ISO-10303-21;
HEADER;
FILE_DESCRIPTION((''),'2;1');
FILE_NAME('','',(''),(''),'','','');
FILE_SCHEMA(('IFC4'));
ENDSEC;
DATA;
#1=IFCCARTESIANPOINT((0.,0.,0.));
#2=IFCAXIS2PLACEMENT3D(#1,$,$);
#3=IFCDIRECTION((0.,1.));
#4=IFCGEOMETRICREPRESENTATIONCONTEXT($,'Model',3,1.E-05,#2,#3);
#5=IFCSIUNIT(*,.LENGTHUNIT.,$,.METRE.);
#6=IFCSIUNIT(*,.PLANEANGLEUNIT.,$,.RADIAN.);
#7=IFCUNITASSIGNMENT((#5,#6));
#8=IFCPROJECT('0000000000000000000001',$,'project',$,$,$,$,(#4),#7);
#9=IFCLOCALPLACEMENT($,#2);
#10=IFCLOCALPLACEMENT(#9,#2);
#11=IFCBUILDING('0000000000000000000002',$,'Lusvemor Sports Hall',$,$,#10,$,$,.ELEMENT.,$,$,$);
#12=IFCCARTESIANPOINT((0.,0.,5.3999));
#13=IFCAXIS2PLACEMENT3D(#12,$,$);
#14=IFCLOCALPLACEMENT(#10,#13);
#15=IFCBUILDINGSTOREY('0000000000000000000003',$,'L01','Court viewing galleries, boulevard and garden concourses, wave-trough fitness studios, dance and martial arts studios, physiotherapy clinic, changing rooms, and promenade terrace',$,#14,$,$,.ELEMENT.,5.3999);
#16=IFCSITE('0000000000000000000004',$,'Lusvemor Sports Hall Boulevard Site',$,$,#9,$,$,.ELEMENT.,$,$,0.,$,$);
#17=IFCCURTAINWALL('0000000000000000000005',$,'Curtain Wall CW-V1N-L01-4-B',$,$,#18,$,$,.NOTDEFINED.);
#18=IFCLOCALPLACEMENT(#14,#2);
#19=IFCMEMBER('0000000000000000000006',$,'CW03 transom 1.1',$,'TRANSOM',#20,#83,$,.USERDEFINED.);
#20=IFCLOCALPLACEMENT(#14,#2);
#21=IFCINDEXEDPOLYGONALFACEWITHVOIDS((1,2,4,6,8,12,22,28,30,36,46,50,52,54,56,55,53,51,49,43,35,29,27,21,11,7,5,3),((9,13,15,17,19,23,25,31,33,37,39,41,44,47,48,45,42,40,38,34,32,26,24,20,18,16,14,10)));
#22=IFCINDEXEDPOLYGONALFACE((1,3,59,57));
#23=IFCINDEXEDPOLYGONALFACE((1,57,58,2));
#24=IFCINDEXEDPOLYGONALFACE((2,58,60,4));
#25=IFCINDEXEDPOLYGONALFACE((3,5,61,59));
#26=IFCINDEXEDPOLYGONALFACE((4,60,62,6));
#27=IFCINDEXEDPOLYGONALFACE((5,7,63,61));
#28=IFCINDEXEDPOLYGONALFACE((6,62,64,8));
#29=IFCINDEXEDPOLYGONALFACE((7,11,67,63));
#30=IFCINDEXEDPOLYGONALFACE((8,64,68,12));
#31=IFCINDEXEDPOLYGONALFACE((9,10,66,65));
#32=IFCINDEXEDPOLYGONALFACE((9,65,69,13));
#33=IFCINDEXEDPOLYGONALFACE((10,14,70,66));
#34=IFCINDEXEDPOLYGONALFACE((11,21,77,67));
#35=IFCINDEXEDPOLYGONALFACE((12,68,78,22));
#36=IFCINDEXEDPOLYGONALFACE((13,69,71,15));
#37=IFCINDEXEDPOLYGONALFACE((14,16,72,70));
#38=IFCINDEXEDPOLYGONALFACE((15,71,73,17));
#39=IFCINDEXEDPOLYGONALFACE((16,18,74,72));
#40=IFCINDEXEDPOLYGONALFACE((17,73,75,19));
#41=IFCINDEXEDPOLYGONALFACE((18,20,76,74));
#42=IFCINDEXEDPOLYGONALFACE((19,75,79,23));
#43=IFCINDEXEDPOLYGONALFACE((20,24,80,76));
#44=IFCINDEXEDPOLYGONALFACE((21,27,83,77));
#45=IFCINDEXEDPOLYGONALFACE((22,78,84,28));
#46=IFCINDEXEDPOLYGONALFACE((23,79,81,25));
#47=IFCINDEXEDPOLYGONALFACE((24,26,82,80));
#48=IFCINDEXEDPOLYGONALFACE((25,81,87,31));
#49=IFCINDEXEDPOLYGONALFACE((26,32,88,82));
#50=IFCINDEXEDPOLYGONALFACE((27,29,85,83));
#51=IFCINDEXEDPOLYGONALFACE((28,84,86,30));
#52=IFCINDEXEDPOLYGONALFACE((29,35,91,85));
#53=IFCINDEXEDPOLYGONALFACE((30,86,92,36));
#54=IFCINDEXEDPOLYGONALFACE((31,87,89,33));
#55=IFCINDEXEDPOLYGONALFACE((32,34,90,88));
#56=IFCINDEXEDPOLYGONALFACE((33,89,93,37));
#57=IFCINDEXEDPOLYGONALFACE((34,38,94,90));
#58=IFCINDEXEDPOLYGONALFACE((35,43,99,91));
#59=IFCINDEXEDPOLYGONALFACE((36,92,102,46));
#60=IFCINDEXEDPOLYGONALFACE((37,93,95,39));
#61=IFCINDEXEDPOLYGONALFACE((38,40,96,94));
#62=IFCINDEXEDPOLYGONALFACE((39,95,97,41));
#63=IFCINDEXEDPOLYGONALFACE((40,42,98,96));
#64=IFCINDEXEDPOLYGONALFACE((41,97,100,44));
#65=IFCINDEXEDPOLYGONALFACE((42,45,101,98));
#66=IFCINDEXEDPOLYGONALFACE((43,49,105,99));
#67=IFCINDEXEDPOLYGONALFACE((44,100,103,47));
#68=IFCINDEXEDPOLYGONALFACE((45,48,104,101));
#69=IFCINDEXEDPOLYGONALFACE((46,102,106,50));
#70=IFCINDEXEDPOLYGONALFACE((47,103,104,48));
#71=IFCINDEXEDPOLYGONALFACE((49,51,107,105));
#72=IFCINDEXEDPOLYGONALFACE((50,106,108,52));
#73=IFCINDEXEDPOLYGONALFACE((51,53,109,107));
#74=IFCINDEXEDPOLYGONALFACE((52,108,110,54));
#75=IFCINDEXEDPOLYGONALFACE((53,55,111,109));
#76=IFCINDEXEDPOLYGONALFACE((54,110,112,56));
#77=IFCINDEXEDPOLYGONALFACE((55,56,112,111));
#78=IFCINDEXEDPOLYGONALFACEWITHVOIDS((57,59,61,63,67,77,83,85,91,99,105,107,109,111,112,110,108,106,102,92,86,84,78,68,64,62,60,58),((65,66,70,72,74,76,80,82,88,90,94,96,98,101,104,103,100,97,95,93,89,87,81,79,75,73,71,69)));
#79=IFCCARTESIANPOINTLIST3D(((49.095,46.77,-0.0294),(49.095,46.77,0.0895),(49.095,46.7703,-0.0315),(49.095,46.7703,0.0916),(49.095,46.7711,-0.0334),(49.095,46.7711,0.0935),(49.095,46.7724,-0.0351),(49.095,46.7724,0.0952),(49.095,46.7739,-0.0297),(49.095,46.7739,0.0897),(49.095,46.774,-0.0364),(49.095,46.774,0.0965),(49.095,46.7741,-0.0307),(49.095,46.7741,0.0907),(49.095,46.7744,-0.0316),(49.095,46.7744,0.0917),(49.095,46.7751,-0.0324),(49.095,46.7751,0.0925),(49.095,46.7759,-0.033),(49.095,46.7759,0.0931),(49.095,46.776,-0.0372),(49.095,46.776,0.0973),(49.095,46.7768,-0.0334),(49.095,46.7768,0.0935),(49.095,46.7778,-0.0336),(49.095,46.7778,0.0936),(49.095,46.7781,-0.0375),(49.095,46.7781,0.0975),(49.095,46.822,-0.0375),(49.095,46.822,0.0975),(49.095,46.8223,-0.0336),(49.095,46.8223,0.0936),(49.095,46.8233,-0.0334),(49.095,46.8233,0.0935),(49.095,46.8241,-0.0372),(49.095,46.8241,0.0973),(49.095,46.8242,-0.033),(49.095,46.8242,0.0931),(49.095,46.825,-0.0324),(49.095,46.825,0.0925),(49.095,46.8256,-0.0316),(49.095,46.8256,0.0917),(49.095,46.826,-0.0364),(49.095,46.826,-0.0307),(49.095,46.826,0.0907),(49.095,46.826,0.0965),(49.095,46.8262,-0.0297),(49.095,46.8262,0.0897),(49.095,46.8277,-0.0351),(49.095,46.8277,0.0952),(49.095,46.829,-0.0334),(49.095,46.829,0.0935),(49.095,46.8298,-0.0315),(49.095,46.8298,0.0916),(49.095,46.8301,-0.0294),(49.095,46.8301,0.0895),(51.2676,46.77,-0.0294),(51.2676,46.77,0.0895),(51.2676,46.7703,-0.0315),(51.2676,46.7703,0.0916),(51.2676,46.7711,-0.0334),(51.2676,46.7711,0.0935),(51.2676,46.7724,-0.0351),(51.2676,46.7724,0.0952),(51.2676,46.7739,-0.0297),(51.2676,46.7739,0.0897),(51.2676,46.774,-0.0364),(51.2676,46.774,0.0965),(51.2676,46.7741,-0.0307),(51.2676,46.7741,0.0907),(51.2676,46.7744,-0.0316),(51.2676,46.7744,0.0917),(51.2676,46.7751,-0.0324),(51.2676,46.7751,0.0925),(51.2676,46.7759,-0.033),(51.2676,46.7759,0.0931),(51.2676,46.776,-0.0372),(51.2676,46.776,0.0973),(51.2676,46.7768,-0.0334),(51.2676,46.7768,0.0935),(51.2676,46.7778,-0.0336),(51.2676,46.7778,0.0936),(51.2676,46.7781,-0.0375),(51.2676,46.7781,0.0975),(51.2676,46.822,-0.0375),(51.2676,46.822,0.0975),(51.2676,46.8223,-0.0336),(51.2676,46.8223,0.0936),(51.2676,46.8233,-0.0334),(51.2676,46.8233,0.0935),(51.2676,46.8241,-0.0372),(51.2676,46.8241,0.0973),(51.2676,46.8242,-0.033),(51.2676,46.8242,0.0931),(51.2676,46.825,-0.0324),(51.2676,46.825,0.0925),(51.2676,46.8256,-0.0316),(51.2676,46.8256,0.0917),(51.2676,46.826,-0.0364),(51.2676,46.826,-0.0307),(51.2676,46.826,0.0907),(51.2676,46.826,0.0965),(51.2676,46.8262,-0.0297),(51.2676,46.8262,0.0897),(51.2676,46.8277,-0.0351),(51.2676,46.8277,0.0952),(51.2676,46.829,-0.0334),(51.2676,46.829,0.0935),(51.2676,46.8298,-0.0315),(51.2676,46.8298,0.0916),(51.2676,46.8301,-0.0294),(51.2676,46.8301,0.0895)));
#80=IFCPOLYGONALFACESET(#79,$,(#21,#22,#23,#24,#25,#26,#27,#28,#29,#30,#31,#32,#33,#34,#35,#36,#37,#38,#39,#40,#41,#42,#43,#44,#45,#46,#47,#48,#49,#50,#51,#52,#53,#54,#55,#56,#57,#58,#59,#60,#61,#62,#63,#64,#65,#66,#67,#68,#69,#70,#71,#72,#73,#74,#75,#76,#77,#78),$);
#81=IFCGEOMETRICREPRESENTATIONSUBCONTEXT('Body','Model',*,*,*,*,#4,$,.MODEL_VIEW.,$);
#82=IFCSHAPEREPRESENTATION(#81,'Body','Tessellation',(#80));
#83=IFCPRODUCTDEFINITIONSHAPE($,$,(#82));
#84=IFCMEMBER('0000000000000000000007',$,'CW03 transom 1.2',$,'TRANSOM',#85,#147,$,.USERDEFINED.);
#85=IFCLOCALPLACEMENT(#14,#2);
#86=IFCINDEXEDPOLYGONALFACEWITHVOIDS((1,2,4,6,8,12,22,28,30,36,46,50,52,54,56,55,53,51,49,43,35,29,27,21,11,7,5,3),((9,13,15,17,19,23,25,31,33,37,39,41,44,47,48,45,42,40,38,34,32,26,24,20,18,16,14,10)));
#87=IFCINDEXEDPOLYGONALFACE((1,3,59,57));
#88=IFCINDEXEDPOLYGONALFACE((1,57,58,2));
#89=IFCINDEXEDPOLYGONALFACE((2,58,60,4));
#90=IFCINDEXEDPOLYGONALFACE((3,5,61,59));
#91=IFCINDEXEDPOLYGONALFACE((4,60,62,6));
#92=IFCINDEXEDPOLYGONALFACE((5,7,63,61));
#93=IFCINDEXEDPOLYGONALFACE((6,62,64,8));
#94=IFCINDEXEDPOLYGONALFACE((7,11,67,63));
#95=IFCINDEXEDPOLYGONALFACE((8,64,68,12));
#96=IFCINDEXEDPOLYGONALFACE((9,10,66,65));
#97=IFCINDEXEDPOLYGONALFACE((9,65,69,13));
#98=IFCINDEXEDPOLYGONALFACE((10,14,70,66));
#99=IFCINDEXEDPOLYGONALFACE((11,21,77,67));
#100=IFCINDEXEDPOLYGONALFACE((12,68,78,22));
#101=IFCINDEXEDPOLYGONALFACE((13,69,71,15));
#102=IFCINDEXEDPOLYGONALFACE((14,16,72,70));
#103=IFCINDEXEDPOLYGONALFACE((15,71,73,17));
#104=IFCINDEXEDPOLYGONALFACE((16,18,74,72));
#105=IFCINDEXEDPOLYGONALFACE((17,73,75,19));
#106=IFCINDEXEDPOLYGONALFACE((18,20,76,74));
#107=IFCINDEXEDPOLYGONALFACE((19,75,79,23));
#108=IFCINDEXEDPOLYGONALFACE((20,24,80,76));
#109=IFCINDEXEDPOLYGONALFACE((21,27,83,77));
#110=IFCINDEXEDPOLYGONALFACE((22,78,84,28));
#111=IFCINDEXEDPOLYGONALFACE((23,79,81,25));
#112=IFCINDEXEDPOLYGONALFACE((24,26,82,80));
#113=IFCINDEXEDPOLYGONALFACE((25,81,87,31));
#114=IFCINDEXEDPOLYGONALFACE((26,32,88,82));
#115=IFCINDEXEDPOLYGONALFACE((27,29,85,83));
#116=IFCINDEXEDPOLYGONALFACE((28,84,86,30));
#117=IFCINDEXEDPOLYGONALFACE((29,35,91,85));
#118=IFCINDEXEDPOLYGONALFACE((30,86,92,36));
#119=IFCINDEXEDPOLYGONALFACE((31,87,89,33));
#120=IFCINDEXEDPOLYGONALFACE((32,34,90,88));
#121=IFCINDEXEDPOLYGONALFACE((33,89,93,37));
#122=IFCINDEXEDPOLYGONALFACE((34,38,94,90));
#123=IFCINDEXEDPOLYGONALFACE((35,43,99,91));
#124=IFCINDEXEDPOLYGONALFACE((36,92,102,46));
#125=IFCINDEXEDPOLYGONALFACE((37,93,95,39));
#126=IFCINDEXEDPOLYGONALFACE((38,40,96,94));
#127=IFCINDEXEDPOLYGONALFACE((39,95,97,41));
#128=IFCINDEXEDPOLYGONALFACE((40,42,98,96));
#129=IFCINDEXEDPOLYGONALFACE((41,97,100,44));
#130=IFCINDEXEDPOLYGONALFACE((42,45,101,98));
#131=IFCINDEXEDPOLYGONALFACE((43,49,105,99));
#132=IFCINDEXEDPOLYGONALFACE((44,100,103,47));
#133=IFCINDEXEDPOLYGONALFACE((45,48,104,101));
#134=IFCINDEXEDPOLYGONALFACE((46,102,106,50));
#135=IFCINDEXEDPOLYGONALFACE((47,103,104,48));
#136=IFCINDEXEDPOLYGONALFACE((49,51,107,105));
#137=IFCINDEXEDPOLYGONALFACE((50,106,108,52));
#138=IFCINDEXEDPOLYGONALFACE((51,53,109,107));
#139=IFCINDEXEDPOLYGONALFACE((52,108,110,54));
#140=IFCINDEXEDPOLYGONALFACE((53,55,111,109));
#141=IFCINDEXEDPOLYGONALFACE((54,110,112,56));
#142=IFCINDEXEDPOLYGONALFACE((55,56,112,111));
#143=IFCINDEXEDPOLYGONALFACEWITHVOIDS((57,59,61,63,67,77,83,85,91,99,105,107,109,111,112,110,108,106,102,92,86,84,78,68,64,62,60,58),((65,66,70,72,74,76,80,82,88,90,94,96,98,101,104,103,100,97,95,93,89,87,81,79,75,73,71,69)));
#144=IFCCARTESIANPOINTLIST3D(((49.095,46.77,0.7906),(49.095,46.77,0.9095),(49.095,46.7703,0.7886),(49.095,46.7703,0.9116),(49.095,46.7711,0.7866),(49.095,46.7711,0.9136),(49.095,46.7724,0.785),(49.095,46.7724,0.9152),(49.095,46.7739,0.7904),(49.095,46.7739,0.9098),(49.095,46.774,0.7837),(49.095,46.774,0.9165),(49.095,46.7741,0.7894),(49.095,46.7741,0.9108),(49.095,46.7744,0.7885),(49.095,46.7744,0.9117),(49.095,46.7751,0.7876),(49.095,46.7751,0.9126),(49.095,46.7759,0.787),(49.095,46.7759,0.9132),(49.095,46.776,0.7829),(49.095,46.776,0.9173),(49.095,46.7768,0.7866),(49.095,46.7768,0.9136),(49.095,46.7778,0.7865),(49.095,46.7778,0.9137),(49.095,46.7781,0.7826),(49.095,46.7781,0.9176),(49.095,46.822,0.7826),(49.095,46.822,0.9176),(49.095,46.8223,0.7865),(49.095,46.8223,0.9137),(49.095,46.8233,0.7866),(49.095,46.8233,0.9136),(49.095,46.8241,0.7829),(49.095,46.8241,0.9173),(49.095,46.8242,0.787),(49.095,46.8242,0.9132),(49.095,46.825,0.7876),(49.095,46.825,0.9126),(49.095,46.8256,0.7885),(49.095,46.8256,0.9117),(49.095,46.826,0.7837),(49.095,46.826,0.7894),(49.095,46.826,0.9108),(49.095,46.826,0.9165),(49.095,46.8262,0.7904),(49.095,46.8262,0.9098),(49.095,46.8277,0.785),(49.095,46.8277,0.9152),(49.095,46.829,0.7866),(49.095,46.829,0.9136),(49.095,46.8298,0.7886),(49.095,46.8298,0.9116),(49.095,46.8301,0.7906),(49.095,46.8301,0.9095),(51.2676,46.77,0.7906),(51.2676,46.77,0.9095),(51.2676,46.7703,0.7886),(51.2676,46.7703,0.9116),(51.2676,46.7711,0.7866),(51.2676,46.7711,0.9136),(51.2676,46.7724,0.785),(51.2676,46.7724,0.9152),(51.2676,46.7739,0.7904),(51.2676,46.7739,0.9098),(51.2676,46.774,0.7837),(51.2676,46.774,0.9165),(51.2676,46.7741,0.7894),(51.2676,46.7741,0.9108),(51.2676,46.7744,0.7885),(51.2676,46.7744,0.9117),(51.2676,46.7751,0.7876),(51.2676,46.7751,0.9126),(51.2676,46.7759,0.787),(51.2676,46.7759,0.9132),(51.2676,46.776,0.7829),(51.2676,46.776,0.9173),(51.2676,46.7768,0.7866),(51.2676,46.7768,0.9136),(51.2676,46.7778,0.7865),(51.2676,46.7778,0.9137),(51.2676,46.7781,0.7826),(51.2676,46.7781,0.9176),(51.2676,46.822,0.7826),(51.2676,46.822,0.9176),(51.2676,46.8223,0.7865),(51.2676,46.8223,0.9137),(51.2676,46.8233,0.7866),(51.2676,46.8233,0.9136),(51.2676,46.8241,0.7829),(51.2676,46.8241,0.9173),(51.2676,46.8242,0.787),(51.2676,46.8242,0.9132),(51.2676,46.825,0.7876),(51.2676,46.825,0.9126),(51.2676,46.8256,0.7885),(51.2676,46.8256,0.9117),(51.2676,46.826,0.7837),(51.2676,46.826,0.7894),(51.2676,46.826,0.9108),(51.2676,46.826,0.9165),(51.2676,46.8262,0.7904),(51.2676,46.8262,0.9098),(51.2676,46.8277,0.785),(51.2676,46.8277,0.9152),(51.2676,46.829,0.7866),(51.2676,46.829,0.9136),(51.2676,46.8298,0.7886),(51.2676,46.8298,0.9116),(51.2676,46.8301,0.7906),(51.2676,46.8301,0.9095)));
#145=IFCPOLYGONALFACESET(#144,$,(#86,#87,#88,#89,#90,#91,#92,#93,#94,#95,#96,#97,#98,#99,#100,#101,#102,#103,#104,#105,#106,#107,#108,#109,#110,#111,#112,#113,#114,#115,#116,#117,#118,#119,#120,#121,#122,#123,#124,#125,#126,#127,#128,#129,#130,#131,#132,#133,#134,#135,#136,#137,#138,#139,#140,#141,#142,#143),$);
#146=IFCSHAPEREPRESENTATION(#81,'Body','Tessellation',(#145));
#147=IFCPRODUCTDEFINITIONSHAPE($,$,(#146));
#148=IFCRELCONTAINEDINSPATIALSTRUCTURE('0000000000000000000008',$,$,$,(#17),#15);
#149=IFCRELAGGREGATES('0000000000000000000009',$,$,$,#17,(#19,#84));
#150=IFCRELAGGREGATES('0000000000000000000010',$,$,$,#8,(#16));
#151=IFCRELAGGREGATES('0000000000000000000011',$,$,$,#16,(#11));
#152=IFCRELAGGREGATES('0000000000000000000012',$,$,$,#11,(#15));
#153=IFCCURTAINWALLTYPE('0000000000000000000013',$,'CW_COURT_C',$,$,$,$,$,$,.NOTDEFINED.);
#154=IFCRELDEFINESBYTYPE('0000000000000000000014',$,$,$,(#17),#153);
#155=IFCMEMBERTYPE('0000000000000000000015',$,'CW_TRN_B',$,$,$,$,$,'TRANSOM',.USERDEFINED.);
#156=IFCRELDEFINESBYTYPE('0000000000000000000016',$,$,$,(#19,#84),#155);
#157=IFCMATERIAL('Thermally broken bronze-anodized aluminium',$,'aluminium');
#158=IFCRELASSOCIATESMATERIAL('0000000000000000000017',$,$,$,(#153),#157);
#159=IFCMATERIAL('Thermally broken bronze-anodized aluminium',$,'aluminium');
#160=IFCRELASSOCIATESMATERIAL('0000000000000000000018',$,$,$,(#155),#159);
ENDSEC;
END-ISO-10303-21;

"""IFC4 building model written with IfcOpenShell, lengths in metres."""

from ifc_helpers import new_model, si_unit, direction, frame, origin, origin_2d, place, context, subcontext, project, spatial, hollow_rectangle, extrude, material, material_profile, profile_set, type_object, element, aggregate, save


model = new_model("IFC4")

# Units and contexts
model_context = context("Model", 3, precision=1e-05, world=origin(), true_north=direction((0.0, 1.0)))
body_context = subcontext(model_context, "Body", "Model", "MODEL_VIEW")
ifc_project = project(units=[si_unit("LENGTHUNIT", "METRE"), si_unit("PLANEANGLEUNIT", "RADIAN")], contexts=[model_context])

# Site, building, storey
site_placement = place(None, origin())
site = spatial("IfcSite", under=ifc_project, at=site_placement, Name="Lusvemor Sports Hall Boulevard Site", CompositionType="ELEMENT", RefElevation=0.0)
building_placement = place(site_placement, origin())
building = spatial("IfcBuilding", under=site, at=building_placement, Name="Lusvemor Sports Hall", CompositionType="ELEMENT")
storey_placement = place(building_placement, frame((0.0, 0.0, 5.3999)))
storey = spatial("IfcBuildingStorey", under=building, at=storey_placement, Name="L01", Description="Court viewing galleries, boulevard and garden concourses, wave-trough fitness studios, dance and martial arts studios, physiotherapy clinic, changing rooms, and promenade terrace", CompositionType="ELEMENT", Elevation=5.3999)

# Shared definitions
ifc_material_1 = material(Name="Thermally broken bronze-anodized aluminium", Category="aluminium")
curtain_wall_type = type_object("IfcCurtainWallType", Name="CW_COURT_C", PredefinedType="NOTDEFINED", material=ifc_material_1)

# Curtain wall
curtain_wall_1_placement = place(storey_placement, origin())
curtain_wall_1 = element("IfcCurtainWall", 1, at=curtain_wall_1_placement, inside=storey, type_object=curtain_wall_type, Name="Curtain Wall CW-V1N-L01-4-B", PredefinedType="NOTDEFINED")

# Members
ifc_material_2 = material(Name="Thermally broken bronze-anodized aluminium", Category="aluminium")
ifc_material_profile_1 = material_profile(ifc_material_2, hollow_rectangle(XDim=0.0601, YDim=0.135, WallThickness=0.0039, InnerFilletRadius=0.0039, OuterFilletRadius=0.0081, at=origin_2d()), Name="CWTRN135x60x4")
ifc_profile_set_1 = profile_set([ifc_material_profile_1], Name="Thermally broken bronze-anodized aluminium")
member_type_1 = type_object("IfcMemberType", Name="CW_TRN_B", ElementType="TRANSOM", PredefinedType="USERDEFINED", material=ifc_profile_set_1)
member_1_placement = place(storey_placement, frame((49.095, 46.8, 0.03), z_axis=(1.0, 0.0, 0.0), x_axis=(0.0, 1.0, 0.0)))
member_1 = element("IfcMember", 2, at=member_1_placement, type_object=member_type_1, Name="CW03 transom 1.1", ObjectType="TRANSOM", PredefinedType="USERDEFINED", context=body_context, shape_type="SweptSolid", body=[
    extrude(hollow_rectangle(XDim=0.0601, YDim=0.135, WallThickness=0.0039, InnerFilletRadius=0.0039, OuterFilletRadius=0.0081, at=origin_2d()), origin(), (0.0, 0.0, 1.0), 2.1726),
])
member_2_placement = place(storey_placement, frame((49.095, 46.8, 0.8501), z_axis=(1.0, 0.0, 0.0), x_axis=(0.0, 1.0, 0.0)))
member_2 = element("IfcMember", 3, at=member_2_placement, type_object=member_type_1, Name="CW03 transom 1.2", ObjectType="TRANSOM", PredefinedType="USERDEFINED", context=body_context, shape_type="SweptSolid", body=[
    extrude(hollow_rectangle(XDim=0.0601, YDim=0.135, WallThickness=0.0039, InnerFilletRadius=0.0039, OuterFilletRadius=0.0081, at=origin_2d()), origin(), (0.0, 0.0, 1.0), 2.1726),
])
aggregate(curtain_wall_1, [member_1, member_2])

save(model, "model.ifc")
